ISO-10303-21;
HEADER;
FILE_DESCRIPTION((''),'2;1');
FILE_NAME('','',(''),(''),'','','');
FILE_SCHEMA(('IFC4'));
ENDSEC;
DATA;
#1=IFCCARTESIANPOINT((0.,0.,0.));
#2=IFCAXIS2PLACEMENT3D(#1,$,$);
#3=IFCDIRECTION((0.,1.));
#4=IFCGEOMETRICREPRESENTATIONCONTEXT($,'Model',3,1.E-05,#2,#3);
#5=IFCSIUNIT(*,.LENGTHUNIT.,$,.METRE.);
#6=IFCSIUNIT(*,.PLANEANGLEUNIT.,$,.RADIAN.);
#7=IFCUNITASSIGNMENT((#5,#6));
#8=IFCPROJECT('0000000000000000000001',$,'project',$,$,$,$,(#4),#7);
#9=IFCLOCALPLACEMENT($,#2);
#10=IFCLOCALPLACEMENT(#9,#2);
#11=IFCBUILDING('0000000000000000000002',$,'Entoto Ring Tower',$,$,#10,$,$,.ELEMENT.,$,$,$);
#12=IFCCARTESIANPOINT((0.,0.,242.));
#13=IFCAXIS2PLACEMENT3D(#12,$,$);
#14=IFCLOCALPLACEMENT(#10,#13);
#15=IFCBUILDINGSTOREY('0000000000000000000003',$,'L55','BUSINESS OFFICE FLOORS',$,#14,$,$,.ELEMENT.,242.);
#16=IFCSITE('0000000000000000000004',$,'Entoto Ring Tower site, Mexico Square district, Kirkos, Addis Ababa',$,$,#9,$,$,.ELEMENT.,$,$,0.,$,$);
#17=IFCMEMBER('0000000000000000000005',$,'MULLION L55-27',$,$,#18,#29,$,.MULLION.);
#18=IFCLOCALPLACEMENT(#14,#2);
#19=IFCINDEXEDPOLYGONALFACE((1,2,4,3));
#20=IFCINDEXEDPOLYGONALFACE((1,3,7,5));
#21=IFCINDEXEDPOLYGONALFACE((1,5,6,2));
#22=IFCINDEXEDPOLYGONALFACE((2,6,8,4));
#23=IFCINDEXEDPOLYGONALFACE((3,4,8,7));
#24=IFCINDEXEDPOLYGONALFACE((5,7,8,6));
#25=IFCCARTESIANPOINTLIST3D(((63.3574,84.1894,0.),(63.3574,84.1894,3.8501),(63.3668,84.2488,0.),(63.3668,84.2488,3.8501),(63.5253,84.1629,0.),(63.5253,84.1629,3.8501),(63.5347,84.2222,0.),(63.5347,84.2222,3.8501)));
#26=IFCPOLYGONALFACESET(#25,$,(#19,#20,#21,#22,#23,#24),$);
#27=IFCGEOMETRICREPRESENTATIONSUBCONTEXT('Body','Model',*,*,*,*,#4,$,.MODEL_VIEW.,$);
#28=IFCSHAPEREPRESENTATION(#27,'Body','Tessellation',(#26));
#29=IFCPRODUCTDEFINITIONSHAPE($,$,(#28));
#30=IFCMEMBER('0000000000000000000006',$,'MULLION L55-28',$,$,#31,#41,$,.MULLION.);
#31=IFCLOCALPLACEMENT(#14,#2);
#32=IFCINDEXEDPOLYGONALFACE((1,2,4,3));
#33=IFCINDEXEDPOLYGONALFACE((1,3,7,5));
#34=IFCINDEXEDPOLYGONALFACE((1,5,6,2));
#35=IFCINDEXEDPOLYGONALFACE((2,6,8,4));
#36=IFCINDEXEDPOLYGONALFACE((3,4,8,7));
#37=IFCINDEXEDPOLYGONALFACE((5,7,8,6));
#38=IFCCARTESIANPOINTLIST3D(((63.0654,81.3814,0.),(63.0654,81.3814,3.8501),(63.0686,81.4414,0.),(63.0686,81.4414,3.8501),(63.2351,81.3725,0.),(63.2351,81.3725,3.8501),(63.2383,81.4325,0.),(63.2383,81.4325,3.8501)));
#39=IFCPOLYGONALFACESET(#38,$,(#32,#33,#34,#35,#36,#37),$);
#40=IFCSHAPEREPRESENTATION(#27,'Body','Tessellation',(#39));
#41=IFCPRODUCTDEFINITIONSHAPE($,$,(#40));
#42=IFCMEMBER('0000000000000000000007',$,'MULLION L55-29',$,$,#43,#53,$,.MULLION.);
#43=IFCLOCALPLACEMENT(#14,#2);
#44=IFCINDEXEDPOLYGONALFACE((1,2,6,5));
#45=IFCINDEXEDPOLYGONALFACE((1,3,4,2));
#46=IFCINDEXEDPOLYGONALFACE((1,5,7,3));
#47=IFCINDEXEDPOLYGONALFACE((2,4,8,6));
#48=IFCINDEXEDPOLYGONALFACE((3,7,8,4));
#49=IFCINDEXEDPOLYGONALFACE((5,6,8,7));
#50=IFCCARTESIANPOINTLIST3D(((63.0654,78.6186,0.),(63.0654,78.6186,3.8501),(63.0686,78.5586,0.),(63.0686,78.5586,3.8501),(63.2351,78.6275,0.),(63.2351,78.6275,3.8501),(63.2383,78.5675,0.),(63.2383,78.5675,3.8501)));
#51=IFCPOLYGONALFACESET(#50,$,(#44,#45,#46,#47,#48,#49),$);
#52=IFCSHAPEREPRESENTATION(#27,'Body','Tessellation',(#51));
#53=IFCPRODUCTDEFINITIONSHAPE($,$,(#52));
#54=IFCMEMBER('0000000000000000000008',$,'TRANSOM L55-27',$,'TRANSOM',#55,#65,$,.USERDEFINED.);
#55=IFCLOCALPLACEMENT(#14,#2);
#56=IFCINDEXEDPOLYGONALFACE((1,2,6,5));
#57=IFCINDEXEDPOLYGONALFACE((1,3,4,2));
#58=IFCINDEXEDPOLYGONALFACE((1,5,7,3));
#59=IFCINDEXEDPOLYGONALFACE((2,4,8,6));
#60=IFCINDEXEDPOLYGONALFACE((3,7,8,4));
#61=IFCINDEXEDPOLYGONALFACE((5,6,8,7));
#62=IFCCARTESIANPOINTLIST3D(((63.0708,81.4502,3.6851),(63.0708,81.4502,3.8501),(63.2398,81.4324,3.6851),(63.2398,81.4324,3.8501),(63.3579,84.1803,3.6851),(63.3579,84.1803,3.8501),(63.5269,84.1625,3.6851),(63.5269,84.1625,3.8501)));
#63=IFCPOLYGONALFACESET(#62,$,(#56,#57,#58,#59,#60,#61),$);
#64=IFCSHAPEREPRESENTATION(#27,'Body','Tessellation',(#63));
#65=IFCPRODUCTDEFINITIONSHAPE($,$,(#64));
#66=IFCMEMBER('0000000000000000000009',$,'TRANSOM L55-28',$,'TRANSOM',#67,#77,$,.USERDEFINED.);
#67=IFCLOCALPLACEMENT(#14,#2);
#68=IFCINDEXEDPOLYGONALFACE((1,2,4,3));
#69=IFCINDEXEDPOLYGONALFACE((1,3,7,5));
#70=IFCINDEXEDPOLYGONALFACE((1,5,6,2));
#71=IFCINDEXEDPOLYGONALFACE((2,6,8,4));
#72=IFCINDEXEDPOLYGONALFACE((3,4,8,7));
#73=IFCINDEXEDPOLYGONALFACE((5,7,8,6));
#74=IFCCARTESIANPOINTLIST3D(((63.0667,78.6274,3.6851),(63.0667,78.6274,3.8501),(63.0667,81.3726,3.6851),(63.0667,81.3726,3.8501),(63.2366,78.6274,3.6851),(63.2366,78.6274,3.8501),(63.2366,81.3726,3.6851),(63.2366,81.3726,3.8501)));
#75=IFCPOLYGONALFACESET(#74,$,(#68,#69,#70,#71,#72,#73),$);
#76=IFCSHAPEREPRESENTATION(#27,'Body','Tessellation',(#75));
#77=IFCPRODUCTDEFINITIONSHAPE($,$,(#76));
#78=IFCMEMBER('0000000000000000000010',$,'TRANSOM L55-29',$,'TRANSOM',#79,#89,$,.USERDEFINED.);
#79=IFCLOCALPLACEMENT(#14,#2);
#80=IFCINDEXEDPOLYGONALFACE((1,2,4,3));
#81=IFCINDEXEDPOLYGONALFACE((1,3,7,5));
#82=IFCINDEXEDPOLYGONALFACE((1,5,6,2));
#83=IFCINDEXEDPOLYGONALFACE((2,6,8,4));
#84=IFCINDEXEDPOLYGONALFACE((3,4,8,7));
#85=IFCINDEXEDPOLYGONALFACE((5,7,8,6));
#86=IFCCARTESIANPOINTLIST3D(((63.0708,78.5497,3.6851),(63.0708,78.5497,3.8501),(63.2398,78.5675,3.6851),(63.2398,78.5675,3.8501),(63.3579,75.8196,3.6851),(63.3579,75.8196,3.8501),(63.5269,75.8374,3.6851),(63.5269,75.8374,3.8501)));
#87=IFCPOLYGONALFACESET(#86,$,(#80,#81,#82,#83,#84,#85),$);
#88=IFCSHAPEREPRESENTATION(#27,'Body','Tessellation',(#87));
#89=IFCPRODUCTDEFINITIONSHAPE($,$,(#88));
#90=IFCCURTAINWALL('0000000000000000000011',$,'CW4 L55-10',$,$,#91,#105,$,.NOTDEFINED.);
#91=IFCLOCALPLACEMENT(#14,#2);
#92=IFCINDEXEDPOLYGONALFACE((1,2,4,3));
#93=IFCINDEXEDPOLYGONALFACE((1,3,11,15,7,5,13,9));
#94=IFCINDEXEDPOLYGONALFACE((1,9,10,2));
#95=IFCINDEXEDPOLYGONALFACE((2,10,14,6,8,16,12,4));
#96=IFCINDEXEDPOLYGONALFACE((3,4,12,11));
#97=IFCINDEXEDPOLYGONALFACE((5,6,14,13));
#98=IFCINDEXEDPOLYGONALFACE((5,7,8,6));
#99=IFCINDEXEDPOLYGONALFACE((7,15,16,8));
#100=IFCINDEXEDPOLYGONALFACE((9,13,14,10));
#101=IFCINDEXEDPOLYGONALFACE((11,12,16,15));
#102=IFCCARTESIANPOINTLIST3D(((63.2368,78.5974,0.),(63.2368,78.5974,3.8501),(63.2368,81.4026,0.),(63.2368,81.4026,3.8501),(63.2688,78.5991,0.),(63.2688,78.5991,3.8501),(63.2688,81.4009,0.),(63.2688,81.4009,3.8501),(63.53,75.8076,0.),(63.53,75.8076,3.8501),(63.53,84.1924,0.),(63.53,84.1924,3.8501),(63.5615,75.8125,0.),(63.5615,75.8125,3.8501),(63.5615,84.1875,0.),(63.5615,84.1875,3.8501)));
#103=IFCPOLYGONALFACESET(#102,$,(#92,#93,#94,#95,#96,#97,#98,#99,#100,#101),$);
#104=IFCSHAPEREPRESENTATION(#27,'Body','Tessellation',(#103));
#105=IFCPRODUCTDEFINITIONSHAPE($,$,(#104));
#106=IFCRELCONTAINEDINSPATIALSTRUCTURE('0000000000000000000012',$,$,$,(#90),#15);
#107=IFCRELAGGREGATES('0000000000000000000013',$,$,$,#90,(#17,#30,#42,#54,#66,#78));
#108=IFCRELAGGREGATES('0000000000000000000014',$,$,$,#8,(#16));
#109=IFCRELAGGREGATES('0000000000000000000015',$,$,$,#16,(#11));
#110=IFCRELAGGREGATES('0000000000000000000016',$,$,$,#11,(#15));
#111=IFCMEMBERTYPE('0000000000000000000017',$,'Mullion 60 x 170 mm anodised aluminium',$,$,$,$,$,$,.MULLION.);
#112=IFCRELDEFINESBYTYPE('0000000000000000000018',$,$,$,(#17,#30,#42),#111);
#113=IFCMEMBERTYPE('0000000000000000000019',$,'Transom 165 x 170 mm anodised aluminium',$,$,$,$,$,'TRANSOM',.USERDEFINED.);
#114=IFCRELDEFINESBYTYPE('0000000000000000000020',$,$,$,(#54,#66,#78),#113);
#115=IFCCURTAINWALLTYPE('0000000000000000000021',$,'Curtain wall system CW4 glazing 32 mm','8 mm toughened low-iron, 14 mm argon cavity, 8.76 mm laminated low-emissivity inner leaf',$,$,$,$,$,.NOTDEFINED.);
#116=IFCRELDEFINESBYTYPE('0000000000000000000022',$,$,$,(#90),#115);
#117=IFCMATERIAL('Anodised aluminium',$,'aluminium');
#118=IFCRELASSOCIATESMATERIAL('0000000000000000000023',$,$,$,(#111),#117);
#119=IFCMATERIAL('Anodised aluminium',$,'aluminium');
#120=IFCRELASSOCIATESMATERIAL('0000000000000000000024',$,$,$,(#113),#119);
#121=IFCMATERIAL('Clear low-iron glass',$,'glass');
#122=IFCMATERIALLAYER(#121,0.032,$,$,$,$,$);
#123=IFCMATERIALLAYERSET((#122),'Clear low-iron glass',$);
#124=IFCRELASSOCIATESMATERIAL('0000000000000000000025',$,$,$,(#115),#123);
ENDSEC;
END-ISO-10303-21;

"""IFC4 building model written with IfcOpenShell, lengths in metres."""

from ifc_helpers import new_model, si_unit, direction, frame, origin, origin_2d, place, context, subcontext, project, spatial, polyline, rectangle, outline, extrude, material, layer, layer_set, material_profile, profile_set, type_object, element, aggregate, save


model = new_model("IFC4")

# Units and contexts
model_context = context("Model", 3, precision=1e-05, world=origin(), true_north=direction((0.0, 1.0)))
body_context = subcontext(model_context, "Body", "Model", "MODEL_VIEW")
ifc_project = project(units=[si_unit("LENGTHUNIT", "METRE"), si_unit("PLANEANGLEUNIT", "RADIAN")], contexts=[model_context])

# Members
ifc_material_1 = material(Name="Anodised aluminium", Category="aluminium")
ifc_material_profile_1 = material_profile(ifc_material_1, rectangle(XDim=0.0601, YDim=0.1699, at=origin_2d()), Name="Mullion 60 x 170 mm anodised aluminium")
ifc_profile_set_1 = profile_set([ifc_material_profile_1], Name="Anodised aluminium")
member_type_1 = type_object("IfcMemberType", Name="Mullion 60 x 170 mm anodised aluminium", PredefinedType="MULLION", material=ifc_profile_set_1)
site_placement = place(None, origin())
building_placement = place(site_placement, origin())
storey_placement = place(building_placement, frame((0.0, 0.0, 242.0)))
member_1_placement = place(storey_placement, frame((63.446, 84.2058, 0.0), z_axis=(0.0, 0.0, 1.0), x_axis=(-0.156434, -0.987688, 0.0)))
member_1 = element("IfcMember", 1, at=member_1_placement, type_object=member_type_1, Name="MULLION L55-27", PredefinedType="MULLION", context=body_context, shape_type="SweptSolid", body=[
    extrude(rectangle(XDim=0.0601, YDim=0.1699, at=origin_2d()), origin(), (0.0, 0.0, 1.0), 3.8501),
])
member_2_placement = place(storey_placement, frame((63.1519, 81.407, 0.0), z_axis=(0.0, 0.0, 1.0), x_axis=(-0.052336, -0.99863, 0.0)))
member_2 = element("IfcMember", 2, at=member_2_placement, type_object=member_type_1, Name="MULLION L55-28", PredefinedType="MULLION", context=body_context, shape_type="SweptSolid", body=[
    extrude(rectangle(XDim=0.0601, YDim=0.1699, at=origin_2d()), origin(), (0.0, 0.0, 1.0), 3.8501),
])
member_3_placement = place(storey_placement, frame((63.1519, 78.593, 0.0), z_axis=(0.0, 0.0, 1.0), x_axis=(0.052336, -0.99863, 0.0)))
member_3 = element("IfcMember", 3, at=member_3_placement, type_object=member_type_1, Name="MULLION L55-29", PredefinedType="MULLION", context=body_context, shape_type="SweptSolid", body=[
    extrude(rectangle(XDim=0.0601, YDim=0.1699, at=origin_2d()), origin(), (0.0, 0.0, 1.0), 3.8501),
])
ifc_material_2 = material(Name="Anodised aluminium", Category="aluminium")
ifc_material_profile_2 = material_profile(ifc_material_2, rectangle(XDim=0.1699, YDim=0.165, at=origin_2d()), Name="Transom 165 x 170 mm anodised aluminium")
ifc_profile_set_2 = profile_set([ifc_material_profile_2], Name="Anodised aluminium")
member_type_2 = type_object("IfcMemberType", Name="Transom 165 x 170 mm anodised aluminium", ElementType="TRANSOM", PredefinedType="USERDEFINED", material=ifc_profile_set_2)
member_4_placement = place(storey_placement, frame((63.4424, 84.1714, 3.7676), z_axis=(-0.104592, -0.994515, 0.0), x_axis=(0.994515, -0.104592, 0.0)))
member_4 = element("IfcMember", 4, at=member_4_placement, type_object=member_type_2, Name="TRANSOM L55-27", ObjectType="TRANSOM", PredefinedType="USERDEFINED", context=body_context, shape_type="SweptSolid", body=[
    extrude(rectangle(XDim=0.1699, YDim=0.165, at=origin_2d()), origin(), (0.0, 0.0, 1.0), 2.7451),
])
member_5_placement = place(storey_placement, frame((63.1516, 81.3726, 3.7676), z_axis=(0.0, -1.0, 0.0), x_axis=(1.0, 0.0, 0.0)))
member_5 = element("IfcMember", 5, at=member_5_placement, type_object=member_type_2, Name="TRANSOM L55-28", ObjectType="TRANSOM", PredefinedType="USERDEFINED", context=body_context, shape_type="SweptSolid", body=[
    extrude(rectangle(XDim=0.1699, YDim=0.165, at=origin_2d()), origin(), (0.0, 0.0, 1.0), 2.7451),
])
member_6_placement = place(storey_placement, frame((63.1553, 78.5586, 3.7676), z_axis=(0.104592, -0.994515, 0.0), x_axis=(0.994515, 0.104592, 0.0)))
member_6 = element("IfcMember", 6, at=member_6_placement, type_object=member_type_2, Name="TRANSOM L55-29", ObjectType="TRANSOM", PredefinedType="USERDEFINED", context=body_context, shape_type="SweptSolid", body=[
    extrude(rectangle(XDim=0.1699, YDim=0.165, at=origin_2d()), origin(), (0.0, 0.0, 1.0), 2.7451),
])

# Site, building, storey
site = spatial("IfcSite", under=ifc_project, at=site_placement, Name="Entoto Ring Tower site, Mexico Square district, Kirkos, Addis Ababa", CompositionType="ELEMENT", RefElevation=0.0)
building = spatial("IfcBuilding", under=site, at=building_placement, Name="Entoto Ring Tower", CompositionType="ELEMENT")
storey = spatial("IfcBuildingStorey", under=building, at=storey_placement, Name="L55", Description="BUSINESS OFFICE FLOORS", CompositionType="ELEMENT", Elevation=242.0)

# Curtain wall
ifc_material_3 = material(Name="Clear low-iron glass", Category="glass")
ifc_layer = layer(ifc_material_3, 0.032)
ifc_layer_set = layer_set([ifc_layer], Name="Clear low-iron glass")
curtain_wall_type = type_object("IfcCurtainWallType", Name="Curtain wall system CW4 glazing 32 mm", Description="8 mm toughened low-iron, 14 mm argon cavity, 8.76 mm laminated low-emissivity inner leaf", PredefinedType="NOTDEFINED", material=ifc_layer_set)
curtain_wall_1_placement = place(storey_placement, origin())
curtain_wall_1 = element("IfcCurtainWall", 7, at=curtain_wall_1_placement, inside=storey, type_object=curtain_wall_type, Name="CW4 L55-10", PredefinedType="NOTDEFINED", context=body_context, shape_type="SweptSolid", body=[
    extrude(outline(polyline([(63.53, 84.1924), (63.2368, 81.4026), (63.2368, 78.5974), (63.53, 75.8076), (63.5615, 75.8125), (63.2688, 78.5991), (63.2688, 81.4009), (63.5615, 84.1875), (63.53, 84.1924)])), origin(), (0.0, 0.0, 1.0), 3.8501),
])
aggregate(curtain_wall_1, [member_1, member_2, member_3, member_4, member_5, member_6])

save(model, "model.ifc")
